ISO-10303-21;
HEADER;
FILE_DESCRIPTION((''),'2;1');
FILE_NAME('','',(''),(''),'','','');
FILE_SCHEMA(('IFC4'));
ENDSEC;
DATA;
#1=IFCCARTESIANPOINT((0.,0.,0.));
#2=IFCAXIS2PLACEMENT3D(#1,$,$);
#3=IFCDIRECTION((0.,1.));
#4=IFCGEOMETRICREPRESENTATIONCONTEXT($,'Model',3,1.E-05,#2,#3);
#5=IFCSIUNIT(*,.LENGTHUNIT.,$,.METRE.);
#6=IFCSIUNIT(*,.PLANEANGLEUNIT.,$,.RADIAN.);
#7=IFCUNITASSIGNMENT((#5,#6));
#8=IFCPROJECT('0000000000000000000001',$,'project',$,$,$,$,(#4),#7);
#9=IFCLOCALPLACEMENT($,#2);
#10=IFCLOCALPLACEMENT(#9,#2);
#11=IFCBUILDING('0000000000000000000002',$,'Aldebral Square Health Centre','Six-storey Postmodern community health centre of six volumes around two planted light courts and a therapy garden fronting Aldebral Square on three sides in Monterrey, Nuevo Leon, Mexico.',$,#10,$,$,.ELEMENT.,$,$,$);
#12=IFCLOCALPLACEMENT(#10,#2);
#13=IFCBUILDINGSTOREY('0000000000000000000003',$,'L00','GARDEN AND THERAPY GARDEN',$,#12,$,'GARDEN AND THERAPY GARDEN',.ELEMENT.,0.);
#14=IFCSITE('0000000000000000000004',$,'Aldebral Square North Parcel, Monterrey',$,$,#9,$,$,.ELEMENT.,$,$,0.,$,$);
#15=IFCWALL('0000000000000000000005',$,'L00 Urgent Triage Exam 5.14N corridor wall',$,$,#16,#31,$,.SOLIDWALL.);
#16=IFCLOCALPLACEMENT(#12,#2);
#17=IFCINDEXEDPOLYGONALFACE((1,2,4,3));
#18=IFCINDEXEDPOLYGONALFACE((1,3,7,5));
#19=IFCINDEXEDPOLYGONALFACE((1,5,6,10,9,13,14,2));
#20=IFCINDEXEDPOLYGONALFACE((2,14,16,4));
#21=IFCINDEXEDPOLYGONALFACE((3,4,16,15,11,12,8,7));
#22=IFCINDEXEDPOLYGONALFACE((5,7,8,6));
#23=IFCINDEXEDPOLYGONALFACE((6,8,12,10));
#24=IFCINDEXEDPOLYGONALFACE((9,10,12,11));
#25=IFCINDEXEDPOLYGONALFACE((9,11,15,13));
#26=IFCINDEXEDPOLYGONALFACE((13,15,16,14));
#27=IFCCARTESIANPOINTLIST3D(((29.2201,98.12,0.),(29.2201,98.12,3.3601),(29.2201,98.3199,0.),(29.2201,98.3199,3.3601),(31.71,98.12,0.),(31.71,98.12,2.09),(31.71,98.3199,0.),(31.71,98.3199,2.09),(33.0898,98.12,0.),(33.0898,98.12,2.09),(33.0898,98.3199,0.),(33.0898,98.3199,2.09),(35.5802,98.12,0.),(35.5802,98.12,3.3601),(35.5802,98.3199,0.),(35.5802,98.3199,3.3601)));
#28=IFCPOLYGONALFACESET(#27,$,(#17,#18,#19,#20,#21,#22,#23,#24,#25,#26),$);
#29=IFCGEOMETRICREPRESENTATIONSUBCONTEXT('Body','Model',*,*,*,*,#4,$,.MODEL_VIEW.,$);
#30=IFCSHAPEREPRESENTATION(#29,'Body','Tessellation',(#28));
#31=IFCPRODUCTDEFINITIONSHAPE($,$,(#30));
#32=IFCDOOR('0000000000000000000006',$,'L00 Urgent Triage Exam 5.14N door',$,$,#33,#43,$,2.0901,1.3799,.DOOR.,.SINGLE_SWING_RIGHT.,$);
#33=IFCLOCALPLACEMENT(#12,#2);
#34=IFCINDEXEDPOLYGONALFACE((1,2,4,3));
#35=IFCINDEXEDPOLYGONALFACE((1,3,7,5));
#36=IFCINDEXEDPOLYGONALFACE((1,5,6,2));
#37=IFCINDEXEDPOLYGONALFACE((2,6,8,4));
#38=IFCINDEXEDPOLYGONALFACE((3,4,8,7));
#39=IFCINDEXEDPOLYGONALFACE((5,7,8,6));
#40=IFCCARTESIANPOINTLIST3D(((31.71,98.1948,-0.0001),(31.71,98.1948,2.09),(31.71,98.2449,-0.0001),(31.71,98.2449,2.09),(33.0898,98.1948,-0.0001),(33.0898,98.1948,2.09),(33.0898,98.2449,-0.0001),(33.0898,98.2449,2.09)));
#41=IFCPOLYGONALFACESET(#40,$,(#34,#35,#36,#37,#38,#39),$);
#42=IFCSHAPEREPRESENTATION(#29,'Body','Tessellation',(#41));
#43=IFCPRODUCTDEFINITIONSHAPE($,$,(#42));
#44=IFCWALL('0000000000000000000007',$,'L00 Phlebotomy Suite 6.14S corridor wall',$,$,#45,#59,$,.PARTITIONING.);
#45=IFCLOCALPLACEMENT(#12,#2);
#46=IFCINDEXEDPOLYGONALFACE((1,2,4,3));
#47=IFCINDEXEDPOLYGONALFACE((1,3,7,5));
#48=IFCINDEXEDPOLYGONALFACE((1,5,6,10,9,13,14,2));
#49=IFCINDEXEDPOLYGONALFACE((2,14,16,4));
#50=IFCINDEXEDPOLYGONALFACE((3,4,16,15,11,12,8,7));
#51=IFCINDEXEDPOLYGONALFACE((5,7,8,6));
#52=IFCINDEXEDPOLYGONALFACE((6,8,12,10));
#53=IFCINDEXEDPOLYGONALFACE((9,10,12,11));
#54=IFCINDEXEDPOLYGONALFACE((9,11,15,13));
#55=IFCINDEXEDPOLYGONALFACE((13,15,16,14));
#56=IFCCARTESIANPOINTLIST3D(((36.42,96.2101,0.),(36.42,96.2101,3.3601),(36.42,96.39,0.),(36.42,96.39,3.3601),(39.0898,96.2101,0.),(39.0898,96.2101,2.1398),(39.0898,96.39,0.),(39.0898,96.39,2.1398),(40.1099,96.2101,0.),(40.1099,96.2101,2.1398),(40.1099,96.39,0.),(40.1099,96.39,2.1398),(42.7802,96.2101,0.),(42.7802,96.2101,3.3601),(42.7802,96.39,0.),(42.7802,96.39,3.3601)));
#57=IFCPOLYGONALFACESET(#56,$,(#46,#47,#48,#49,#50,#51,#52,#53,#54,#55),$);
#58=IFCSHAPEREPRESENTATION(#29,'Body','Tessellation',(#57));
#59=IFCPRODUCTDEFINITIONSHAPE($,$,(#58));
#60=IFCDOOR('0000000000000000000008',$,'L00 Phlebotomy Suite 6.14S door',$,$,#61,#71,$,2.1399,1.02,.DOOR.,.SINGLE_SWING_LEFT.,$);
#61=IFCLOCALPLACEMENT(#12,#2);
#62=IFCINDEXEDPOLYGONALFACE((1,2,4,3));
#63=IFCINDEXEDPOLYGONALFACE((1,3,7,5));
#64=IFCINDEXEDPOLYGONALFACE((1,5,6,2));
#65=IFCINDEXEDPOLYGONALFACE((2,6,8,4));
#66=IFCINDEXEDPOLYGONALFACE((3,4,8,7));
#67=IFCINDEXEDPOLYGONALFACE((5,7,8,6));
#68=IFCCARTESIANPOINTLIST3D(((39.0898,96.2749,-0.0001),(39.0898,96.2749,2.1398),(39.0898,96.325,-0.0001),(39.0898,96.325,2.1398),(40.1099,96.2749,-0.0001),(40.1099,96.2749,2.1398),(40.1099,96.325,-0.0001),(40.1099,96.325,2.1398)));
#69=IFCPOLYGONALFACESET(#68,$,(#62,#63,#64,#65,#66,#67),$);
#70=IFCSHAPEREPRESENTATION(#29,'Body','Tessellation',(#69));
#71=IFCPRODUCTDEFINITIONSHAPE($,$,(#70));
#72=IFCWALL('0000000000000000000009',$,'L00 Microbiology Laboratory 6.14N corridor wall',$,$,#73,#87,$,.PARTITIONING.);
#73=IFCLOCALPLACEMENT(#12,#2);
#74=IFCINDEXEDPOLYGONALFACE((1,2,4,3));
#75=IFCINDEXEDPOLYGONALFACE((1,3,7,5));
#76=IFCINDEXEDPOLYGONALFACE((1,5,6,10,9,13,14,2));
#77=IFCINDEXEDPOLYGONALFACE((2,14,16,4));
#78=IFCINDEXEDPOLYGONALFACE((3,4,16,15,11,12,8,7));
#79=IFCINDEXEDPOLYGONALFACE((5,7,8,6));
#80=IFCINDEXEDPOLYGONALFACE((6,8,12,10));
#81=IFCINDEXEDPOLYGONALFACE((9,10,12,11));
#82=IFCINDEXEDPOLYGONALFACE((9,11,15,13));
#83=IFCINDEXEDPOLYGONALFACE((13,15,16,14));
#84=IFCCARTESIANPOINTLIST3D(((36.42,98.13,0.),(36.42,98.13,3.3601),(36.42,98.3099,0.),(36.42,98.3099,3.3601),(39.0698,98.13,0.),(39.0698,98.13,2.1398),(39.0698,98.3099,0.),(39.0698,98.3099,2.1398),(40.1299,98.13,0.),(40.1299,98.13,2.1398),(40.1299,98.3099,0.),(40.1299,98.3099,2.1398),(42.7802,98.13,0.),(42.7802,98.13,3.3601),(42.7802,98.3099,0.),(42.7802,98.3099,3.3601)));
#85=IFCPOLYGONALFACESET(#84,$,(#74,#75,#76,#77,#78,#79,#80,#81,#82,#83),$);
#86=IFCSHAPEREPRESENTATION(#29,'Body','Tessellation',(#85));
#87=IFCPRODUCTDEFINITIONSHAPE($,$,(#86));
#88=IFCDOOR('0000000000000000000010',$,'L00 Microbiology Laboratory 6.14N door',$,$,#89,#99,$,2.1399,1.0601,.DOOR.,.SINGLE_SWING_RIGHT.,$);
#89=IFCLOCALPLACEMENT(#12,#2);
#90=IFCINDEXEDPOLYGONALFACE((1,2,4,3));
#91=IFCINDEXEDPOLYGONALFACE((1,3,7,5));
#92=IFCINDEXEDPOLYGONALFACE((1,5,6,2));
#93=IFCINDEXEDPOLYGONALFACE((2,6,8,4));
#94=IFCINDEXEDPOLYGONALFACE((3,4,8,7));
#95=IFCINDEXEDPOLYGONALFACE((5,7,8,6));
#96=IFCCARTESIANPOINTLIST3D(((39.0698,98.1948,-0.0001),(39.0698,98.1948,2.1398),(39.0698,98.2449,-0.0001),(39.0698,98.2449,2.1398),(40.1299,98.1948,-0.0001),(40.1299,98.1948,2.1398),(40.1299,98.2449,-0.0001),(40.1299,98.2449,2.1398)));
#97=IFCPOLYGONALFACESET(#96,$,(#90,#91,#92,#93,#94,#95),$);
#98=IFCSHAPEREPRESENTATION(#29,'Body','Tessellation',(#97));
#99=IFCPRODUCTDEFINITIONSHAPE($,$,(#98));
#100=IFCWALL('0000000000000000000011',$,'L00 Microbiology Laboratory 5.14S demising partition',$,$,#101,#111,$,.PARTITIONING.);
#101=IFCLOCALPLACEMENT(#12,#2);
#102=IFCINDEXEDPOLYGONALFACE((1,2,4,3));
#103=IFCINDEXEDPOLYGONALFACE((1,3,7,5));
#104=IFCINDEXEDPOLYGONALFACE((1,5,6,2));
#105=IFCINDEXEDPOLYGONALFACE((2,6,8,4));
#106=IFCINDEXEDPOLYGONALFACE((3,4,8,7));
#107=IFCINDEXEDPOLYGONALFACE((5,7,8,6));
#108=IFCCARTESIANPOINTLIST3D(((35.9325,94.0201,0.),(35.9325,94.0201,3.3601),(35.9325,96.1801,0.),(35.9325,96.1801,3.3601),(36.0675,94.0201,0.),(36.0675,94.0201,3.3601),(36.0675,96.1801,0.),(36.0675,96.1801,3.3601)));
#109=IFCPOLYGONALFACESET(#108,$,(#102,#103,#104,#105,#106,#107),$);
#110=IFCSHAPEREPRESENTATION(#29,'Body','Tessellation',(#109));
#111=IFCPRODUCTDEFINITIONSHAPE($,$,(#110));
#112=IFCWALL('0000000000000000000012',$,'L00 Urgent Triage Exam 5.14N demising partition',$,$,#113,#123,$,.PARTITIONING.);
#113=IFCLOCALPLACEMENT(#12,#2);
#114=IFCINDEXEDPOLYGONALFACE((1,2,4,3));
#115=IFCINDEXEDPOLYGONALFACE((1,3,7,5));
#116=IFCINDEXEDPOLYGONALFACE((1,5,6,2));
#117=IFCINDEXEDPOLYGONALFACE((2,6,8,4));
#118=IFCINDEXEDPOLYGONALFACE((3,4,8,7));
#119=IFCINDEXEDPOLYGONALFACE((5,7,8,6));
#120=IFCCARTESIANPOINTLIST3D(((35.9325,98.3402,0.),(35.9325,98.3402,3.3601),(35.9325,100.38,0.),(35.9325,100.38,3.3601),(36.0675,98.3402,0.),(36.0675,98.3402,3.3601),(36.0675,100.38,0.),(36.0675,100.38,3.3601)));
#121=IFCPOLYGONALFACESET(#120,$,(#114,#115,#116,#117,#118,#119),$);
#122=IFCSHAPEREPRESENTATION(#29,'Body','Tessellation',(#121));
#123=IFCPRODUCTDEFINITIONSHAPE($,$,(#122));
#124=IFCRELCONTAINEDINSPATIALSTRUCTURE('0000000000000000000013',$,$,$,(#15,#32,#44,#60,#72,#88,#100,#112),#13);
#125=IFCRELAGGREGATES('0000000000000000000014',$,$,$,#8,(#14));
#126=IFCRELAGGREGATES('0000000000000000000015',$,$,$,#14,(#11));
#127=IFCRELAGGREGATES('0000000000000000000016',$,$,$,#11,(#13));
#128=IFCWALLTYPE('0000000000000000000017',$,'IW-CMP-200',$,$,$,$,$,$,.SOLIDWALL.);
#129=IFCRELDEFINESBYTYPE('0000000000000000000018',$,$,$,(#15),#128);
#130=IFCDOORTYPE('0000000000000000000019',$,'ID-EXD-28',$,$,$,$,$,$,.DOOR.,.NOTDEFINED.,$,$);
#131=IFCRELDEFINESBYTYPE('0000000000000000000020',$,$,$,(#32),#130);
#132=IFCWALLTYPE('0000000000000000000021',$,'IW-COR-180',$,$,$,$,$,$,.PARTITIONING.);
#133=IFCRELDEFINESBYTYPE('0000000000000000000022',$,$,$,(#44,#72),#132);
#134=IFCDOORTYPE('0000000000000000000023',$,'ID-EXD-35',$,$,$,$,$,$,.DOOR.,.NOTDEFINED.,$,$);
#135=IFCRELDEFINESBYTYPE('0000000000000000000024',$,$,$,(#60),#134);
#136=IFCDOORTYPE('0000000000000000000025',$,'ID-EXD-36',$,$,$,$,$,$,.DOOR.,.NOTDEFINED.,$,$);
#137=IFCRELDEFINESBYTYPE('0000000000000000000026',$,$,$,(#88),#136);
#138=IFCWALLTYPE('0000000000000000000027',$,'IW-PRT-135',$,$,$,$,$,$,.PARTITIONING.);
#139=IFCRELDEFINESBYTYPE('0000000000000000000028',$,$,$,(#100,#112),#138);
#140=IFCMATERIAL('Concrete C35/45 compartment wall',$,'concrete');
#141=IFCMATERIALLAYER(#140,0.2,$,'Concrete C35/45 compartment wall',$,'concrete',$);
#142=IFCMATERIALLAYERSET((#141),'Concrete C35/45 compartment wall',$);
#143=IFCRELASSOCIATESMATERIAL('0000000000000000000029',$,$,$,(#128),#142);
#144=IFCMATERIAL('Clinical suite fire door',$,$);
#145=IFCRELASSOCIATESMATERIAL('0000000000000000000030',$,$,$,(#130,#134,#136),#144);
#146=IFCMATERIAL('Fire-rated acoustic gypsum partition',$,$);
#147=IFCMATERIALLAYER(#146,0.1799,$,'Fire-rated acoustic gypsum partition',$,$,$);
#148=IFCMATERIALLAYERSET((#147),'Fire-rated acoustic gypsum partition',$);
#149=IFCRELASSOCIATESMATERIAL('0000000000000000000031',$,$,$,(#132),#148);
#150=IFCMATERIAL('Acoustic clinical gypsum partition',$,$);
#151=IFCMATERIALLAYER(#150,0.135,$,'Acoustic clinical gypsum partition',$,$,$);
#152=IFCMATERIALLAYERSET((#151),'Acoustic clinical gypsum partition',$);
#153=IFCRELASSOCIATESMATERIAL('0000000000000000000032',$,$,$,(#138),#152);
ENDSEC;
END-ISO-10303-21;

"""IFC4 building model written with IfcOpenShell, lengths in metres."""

from ifc_helpers import new_model, si_unit, direction, frame, frame_2d, origin, place, context, subcontext, project, spatial, rectangle, extrude, material, layer, layer_set, type_object, element, fill, save


model = new_model("IFC4")

# Units and contexts
model_context = context("Model", 3, precision=1e-05, world=origin(), true_north=direction((0.0, 1.0)))
body_context = subcontext(model_context, "Body", "Model", "MODEL_VIEW")
ifc_project = project(units=[si_unit("LENGTHUNIT", "METRE"), si_unit("PLANEANGLEUNIT", "RADIAN")], contexts=[model_context])

# Site, building, storey
site_placement = place(None, origin())
site = spatial("IfcSite", under=ifc_project, at=site_placement, Name="Aldebral Square North Parcel, Monterrey", CompositionType="ELEMENT", RefElevation=0.0)
building_placement = place(site_placement, origin())
building = spatial("IfcBuilding", under=site, at=building_placement, Name="Aldebral Square Health Centre", Description="Six-storey Postmodern community health centre of six volumes around two planted light courts and a therapy garden fronting Aldebral Square on three sides in Monterrey, Nuevo Leon, Mexico.", CompositionType="ELEMENT")
storey_placement = place(building_placement, origin())
storey = spatial("IfcBuildingStorey", under=building, at=storey_placement, Name="L00", Description="GARDEN AND THERAPY GARDEN", LongName="GARDEN AND THERAPY GARDEN", CompositionType="ELEMENT", Elevation=0.0)

# Walls, openings, doors
ifc_material_1 = material(Name="Concrete C35/45 compartment wall", Category="concrete")
ifc_layer_1 = layer(ifc_material_1, 0.2, Name="Concrete C35/45 compartment wall", Category="concrete")
ifc_layer_set_1 = layer_set([ifc_layer_1], Name="Concrete C35/45 compartment wall")
wall_type_1 = type_object("IfcWallType", Name="IW-CMP-200", PredefinedType="SOLIDWALL", material=ifc_layer_set_1)
ifc_material_2 = material(Name="Clinical suite fire door")
wall_1_placement = place(storey_placement, frame((29.22, 98.22, 0.0), z_axis=(0.0, 0.0, 1.0), x_axis=(1.0, 0.0, 0.0)))
wall_1 = element("IfcWall", 1, at=wall_1_placement, inside=storey, type_object=wall_type_1, Name="L00 Urgent Triage Exam 5.14N corridor wall", PredefinedType="SOLIDWALL", context=body_context, shape_type="SweptSolid", body=[
    extrude(rectangle(XDim=6.3601, YDim=0.2, at=frame_2d((3.1802, 0.0))), origin(), (0.0, 0.0, 1.0), 3.3601),
])
opening_1_placement = place(wall_1_placement, frame((2.49, 0.0, 0.0)))
opening_1 = element("IfcOpeningElement", 2, at=opening_1_placement, cuts=wall_1, PredefinedType="OPENING", context=body_context, shape_type="SweptSolid", body=[
    extrude(rectangle(XDim=1.3799, YDim=2.0901, at=frame_2d((0.6899, 1.0449))), frame((0.0, 0.1099, 0.0), z_axis=(0.0, -1.0, 0.0), x_axis=(1.0, 0.0, 0.0)), (0.0, 0.0, 1.0), 0.22),
])
door_type_1 = type_object("IfcDoorType", Name="ID-EXD-28", OperationType="NOTDEFINED", PredefinedType="DOOR", material=ifc_material_2)
door_1_placement = place(opening_1_placement, origin())
door_1 = element("IfcDoor", 3, at=door_1_placement, inside=storey, type_object=door_type_1, Name="L00 Urgent Triage Exam 5.14N door", OperationType="SINGLE_SWING_RIGHT", OverallHeight=2.0901, OverallWidth=1.3799, PredefinedType="DOOR", context=body_context, shape_type="SweptSolid", body=[
    extrude(rectangle(XDim=1.3799, YDim=2.0901, at=frame_2d((0.6899, 1.0449))), frame((0.0, 0.0249, 0.0), z_axis=(0.0, -1.0, 0.0), x_axis=(1.0, 0.0, 0.0)), (0.0, 0.0, 1.0), 0.05),
])
fill(opening_1, door_1)
ifc_material_3 = material(Name="Fire-rated acoustic gypsum partition")
ifc_layer_2 = layer(ifc_material_3, 0.1799, Name="Fire-rated acoustic gypsum partition")
ifc_layer_set_2 = layer_set([ifc_layer_2], Name="Fire-rated acoustic gypsum partition")
wall_type_2 = type_object("IfcWallType", Name="IW-COR-180", PredefinedType="PARTITIONING", material=ifc_layer_set_2)
wall_2_placement = place(storey_placement, frame((36.4199, 96.3, 0.0), z_axis=(0.0, 0.0, 1.0), x_axis=(1.0, 0.0, 0.0)))
wall_2 = element("IfcWall", 4, at=wall_2_placement, inside=storey, type_object=wall_type_2, Name="L00 Phlebotomy Suite 6.14S corridor wall", PredefinedType="PARTITIONING", context=body_context, shape_type="SweptSolid", body=[
    extrude(rectangle(XDim=6.3601, YDim=0.1799, at=frame_2d((3.1802, 0.0))), origin(), (0.0, 0.0, 1.0), 3.3601),
])
opening_2_placement = place(wall_2_placement, frame((2.6699, 0.0, 0.0)))
opening_2 = element("IfcOpeningElement", 5, at=opening_2_placement, cuts=wall_2, PredefinedType="OPENING", context=body_context, shape_type="SweptSolid", body=[
    extrude(rectangle(XDim=1.02, YDim=2.1399, at=frame_2d((0.51, 1.0698))), frame((0.0, 0.1001, 0.0), z_axis=(0.0, -1.0, 0.0), x_axis=(1.0, 0.0, 0.0)), (0.0, 0.0, 1.0), 0.2),
])
door_type_2 = type_object("IfcDoorType", Name="ID-EXD-35", OperationType="NOTDEFINED", PredefinedType="DOOR", material=ifc_material_2)
door_2_placement = place(opening_2_placement, origin())
door_2 = element("IfcDoor", 6, at=door_2_placement, inside=storey, type_object=door_type_2, Name="L00 Phlebotomy Suite 6.14S door", OperationType="SINGLE_SWING_LEFT", OverallHeight=2.1399, OverallWidth=1.02, PredefinedType="DOOR", context=body_context, shape_type="SweptSolid", body=[
    extrude(rectangle(XDim=1.02, YDim=2.1399, at=frame_2d((0.51, 1.0698))), frame((0.0, 0.0249, 0.0), z_axis=(0.0, -1.0, 0.0), x_axis=(1.0, 0.0, 0.0)), (0.0, 0.0, 1.0), 0.05),
])
fill(opening_2, door_2)
wall_3_placement = place(storey_placement, frame((36.4199, 98.22, 0.0), z_axis=(0.0, 0.0, 1.0), x_axis=(1.0, 0.0, 0.0)))
wall_3 = element("IfcWall", 7, at=wall_3_placement, inside=storey, type_object=wall_type_2, Name="L00 Microbiology Laboratory 6.14N corridor wall", PredefinedType="PARTITIONING", context=body_context, shape_type="SweptSolid", body=[
    extrude(rectangle(XDim=6.3601, YDim=0.1799, at=frame_2d((3.1802, 0.0))), origin(), (0.0, 0.0, 1.0), 3.3601),
])
opening_3_placement = place(wall_3_placement, frame((2.6499, 0.0, 0.0)))
opening_3 = element("IfcOpeningElement", 8, at=opening_3_placement, cuts=wall_3, PredefinedType="OPENING", context=body_context, shape_type="SweptSolid", body=[
    extrude(rectangle(XDim=1.0601, YDim=2.1399, at=frame_2d((0.53, 1.0698))), frame((0.0, 0.1001, 0.0), z_axis=(0.0, -1.0, 0.0), x_axis=(1.0, 0.0, 0.0)), (0.0, 0.0, 1.0), 0.2),
])
door_type_3 = type_object("IfcDoorType", Name="ID-EXD-36", OperationType="NOTDEFINED", PredefinedType="DOOR", material=ifc_material_2)
door_3_placement = place(opening_3_placement, origin())
door_3 = element("IfcDoor", 9, at=door_3_placement, inside=storey, type_object=door_type_3, Name="L00 Microbiology Laboratory 6.14N door", OperationType="SINGLE_SWING_RIGHT", OverallHeight=2.1399, OverallWidth=1.0601, PredefinedType="DOOR", context=body_context, shape_type="SweptSolid", body=[
    extrude(rectangle(XDim=1.0601, YDim=2.1399, at=frame_2d((0.53, 1.0698))), frame((0.0, 0.0249, 0.0), z_axis=(0.0, -1.0, 0.0), x_axis=(1.0, 0.0, 0.0)), (0.0, 0.0, 1.0), 0.05),
])
fill(opening_3, door_3)

# Walls
ifc_material_4 = material(Name="Acoustic clinical gypsum partition")
ifc_layer_3 = layer(ifc_material_4, 0.135, Name="Acoustic clinical gypsum partition")
ifc_layer_set_3 = layer_set([ifc_layer_3], Name="Acoustic clinical gypsum partition")
wall_type_3 = type_object("IfcWallType", Name="IW-PRT-135", PredefinedType="PARTITIONING", material=ifc_layer_set_3)
wall_4_placement = place(storey_placement, frame((36.0, 94.02, 0.0), z_axis=(0.0, 0.0, 1.0), x_axis=(0.0, 1.0, 0.0)))
element("IfcWall", 10, at=wall_4_placement, inside=storey, type_object=wall_type_3, Name="L00 Microbiology Laboratory 5.14S demising partition", PredefinedType="PARTITIONING", context=body_context, shape_type="SweptSolid", body=[
    extrude(rectangle(XDim=2.1599, YDim=0.135, at=frame_2d((1.0801, 0.0))), origin(), (0.0, 0.0, 1.0), 3.3601),
])
wall_5_placement = place(storey_placement, frame((36.0, 98.3401, 0.0), z_axis=(0.0, 0.0, 1.0), x_axis=(0.0, 1.0, 0.0)))
element("IfcWall", 11, at=wall_5_placement, inside=storey, type_object=wall_type_3, Name="L00 Urgent Triage Exam 5.14N demising partition", PredefinedType="PARTITIONING", context=body_context, shape_type="SweptSolid", body=[
    extrude(rectangle(XDim=2.0398, YDim=0.135, at=frame_2d((1.02, 0.0))), origin(), (0.0, 0.0, 1.0), 3.3601),
])

save(model, "model.ifc")
